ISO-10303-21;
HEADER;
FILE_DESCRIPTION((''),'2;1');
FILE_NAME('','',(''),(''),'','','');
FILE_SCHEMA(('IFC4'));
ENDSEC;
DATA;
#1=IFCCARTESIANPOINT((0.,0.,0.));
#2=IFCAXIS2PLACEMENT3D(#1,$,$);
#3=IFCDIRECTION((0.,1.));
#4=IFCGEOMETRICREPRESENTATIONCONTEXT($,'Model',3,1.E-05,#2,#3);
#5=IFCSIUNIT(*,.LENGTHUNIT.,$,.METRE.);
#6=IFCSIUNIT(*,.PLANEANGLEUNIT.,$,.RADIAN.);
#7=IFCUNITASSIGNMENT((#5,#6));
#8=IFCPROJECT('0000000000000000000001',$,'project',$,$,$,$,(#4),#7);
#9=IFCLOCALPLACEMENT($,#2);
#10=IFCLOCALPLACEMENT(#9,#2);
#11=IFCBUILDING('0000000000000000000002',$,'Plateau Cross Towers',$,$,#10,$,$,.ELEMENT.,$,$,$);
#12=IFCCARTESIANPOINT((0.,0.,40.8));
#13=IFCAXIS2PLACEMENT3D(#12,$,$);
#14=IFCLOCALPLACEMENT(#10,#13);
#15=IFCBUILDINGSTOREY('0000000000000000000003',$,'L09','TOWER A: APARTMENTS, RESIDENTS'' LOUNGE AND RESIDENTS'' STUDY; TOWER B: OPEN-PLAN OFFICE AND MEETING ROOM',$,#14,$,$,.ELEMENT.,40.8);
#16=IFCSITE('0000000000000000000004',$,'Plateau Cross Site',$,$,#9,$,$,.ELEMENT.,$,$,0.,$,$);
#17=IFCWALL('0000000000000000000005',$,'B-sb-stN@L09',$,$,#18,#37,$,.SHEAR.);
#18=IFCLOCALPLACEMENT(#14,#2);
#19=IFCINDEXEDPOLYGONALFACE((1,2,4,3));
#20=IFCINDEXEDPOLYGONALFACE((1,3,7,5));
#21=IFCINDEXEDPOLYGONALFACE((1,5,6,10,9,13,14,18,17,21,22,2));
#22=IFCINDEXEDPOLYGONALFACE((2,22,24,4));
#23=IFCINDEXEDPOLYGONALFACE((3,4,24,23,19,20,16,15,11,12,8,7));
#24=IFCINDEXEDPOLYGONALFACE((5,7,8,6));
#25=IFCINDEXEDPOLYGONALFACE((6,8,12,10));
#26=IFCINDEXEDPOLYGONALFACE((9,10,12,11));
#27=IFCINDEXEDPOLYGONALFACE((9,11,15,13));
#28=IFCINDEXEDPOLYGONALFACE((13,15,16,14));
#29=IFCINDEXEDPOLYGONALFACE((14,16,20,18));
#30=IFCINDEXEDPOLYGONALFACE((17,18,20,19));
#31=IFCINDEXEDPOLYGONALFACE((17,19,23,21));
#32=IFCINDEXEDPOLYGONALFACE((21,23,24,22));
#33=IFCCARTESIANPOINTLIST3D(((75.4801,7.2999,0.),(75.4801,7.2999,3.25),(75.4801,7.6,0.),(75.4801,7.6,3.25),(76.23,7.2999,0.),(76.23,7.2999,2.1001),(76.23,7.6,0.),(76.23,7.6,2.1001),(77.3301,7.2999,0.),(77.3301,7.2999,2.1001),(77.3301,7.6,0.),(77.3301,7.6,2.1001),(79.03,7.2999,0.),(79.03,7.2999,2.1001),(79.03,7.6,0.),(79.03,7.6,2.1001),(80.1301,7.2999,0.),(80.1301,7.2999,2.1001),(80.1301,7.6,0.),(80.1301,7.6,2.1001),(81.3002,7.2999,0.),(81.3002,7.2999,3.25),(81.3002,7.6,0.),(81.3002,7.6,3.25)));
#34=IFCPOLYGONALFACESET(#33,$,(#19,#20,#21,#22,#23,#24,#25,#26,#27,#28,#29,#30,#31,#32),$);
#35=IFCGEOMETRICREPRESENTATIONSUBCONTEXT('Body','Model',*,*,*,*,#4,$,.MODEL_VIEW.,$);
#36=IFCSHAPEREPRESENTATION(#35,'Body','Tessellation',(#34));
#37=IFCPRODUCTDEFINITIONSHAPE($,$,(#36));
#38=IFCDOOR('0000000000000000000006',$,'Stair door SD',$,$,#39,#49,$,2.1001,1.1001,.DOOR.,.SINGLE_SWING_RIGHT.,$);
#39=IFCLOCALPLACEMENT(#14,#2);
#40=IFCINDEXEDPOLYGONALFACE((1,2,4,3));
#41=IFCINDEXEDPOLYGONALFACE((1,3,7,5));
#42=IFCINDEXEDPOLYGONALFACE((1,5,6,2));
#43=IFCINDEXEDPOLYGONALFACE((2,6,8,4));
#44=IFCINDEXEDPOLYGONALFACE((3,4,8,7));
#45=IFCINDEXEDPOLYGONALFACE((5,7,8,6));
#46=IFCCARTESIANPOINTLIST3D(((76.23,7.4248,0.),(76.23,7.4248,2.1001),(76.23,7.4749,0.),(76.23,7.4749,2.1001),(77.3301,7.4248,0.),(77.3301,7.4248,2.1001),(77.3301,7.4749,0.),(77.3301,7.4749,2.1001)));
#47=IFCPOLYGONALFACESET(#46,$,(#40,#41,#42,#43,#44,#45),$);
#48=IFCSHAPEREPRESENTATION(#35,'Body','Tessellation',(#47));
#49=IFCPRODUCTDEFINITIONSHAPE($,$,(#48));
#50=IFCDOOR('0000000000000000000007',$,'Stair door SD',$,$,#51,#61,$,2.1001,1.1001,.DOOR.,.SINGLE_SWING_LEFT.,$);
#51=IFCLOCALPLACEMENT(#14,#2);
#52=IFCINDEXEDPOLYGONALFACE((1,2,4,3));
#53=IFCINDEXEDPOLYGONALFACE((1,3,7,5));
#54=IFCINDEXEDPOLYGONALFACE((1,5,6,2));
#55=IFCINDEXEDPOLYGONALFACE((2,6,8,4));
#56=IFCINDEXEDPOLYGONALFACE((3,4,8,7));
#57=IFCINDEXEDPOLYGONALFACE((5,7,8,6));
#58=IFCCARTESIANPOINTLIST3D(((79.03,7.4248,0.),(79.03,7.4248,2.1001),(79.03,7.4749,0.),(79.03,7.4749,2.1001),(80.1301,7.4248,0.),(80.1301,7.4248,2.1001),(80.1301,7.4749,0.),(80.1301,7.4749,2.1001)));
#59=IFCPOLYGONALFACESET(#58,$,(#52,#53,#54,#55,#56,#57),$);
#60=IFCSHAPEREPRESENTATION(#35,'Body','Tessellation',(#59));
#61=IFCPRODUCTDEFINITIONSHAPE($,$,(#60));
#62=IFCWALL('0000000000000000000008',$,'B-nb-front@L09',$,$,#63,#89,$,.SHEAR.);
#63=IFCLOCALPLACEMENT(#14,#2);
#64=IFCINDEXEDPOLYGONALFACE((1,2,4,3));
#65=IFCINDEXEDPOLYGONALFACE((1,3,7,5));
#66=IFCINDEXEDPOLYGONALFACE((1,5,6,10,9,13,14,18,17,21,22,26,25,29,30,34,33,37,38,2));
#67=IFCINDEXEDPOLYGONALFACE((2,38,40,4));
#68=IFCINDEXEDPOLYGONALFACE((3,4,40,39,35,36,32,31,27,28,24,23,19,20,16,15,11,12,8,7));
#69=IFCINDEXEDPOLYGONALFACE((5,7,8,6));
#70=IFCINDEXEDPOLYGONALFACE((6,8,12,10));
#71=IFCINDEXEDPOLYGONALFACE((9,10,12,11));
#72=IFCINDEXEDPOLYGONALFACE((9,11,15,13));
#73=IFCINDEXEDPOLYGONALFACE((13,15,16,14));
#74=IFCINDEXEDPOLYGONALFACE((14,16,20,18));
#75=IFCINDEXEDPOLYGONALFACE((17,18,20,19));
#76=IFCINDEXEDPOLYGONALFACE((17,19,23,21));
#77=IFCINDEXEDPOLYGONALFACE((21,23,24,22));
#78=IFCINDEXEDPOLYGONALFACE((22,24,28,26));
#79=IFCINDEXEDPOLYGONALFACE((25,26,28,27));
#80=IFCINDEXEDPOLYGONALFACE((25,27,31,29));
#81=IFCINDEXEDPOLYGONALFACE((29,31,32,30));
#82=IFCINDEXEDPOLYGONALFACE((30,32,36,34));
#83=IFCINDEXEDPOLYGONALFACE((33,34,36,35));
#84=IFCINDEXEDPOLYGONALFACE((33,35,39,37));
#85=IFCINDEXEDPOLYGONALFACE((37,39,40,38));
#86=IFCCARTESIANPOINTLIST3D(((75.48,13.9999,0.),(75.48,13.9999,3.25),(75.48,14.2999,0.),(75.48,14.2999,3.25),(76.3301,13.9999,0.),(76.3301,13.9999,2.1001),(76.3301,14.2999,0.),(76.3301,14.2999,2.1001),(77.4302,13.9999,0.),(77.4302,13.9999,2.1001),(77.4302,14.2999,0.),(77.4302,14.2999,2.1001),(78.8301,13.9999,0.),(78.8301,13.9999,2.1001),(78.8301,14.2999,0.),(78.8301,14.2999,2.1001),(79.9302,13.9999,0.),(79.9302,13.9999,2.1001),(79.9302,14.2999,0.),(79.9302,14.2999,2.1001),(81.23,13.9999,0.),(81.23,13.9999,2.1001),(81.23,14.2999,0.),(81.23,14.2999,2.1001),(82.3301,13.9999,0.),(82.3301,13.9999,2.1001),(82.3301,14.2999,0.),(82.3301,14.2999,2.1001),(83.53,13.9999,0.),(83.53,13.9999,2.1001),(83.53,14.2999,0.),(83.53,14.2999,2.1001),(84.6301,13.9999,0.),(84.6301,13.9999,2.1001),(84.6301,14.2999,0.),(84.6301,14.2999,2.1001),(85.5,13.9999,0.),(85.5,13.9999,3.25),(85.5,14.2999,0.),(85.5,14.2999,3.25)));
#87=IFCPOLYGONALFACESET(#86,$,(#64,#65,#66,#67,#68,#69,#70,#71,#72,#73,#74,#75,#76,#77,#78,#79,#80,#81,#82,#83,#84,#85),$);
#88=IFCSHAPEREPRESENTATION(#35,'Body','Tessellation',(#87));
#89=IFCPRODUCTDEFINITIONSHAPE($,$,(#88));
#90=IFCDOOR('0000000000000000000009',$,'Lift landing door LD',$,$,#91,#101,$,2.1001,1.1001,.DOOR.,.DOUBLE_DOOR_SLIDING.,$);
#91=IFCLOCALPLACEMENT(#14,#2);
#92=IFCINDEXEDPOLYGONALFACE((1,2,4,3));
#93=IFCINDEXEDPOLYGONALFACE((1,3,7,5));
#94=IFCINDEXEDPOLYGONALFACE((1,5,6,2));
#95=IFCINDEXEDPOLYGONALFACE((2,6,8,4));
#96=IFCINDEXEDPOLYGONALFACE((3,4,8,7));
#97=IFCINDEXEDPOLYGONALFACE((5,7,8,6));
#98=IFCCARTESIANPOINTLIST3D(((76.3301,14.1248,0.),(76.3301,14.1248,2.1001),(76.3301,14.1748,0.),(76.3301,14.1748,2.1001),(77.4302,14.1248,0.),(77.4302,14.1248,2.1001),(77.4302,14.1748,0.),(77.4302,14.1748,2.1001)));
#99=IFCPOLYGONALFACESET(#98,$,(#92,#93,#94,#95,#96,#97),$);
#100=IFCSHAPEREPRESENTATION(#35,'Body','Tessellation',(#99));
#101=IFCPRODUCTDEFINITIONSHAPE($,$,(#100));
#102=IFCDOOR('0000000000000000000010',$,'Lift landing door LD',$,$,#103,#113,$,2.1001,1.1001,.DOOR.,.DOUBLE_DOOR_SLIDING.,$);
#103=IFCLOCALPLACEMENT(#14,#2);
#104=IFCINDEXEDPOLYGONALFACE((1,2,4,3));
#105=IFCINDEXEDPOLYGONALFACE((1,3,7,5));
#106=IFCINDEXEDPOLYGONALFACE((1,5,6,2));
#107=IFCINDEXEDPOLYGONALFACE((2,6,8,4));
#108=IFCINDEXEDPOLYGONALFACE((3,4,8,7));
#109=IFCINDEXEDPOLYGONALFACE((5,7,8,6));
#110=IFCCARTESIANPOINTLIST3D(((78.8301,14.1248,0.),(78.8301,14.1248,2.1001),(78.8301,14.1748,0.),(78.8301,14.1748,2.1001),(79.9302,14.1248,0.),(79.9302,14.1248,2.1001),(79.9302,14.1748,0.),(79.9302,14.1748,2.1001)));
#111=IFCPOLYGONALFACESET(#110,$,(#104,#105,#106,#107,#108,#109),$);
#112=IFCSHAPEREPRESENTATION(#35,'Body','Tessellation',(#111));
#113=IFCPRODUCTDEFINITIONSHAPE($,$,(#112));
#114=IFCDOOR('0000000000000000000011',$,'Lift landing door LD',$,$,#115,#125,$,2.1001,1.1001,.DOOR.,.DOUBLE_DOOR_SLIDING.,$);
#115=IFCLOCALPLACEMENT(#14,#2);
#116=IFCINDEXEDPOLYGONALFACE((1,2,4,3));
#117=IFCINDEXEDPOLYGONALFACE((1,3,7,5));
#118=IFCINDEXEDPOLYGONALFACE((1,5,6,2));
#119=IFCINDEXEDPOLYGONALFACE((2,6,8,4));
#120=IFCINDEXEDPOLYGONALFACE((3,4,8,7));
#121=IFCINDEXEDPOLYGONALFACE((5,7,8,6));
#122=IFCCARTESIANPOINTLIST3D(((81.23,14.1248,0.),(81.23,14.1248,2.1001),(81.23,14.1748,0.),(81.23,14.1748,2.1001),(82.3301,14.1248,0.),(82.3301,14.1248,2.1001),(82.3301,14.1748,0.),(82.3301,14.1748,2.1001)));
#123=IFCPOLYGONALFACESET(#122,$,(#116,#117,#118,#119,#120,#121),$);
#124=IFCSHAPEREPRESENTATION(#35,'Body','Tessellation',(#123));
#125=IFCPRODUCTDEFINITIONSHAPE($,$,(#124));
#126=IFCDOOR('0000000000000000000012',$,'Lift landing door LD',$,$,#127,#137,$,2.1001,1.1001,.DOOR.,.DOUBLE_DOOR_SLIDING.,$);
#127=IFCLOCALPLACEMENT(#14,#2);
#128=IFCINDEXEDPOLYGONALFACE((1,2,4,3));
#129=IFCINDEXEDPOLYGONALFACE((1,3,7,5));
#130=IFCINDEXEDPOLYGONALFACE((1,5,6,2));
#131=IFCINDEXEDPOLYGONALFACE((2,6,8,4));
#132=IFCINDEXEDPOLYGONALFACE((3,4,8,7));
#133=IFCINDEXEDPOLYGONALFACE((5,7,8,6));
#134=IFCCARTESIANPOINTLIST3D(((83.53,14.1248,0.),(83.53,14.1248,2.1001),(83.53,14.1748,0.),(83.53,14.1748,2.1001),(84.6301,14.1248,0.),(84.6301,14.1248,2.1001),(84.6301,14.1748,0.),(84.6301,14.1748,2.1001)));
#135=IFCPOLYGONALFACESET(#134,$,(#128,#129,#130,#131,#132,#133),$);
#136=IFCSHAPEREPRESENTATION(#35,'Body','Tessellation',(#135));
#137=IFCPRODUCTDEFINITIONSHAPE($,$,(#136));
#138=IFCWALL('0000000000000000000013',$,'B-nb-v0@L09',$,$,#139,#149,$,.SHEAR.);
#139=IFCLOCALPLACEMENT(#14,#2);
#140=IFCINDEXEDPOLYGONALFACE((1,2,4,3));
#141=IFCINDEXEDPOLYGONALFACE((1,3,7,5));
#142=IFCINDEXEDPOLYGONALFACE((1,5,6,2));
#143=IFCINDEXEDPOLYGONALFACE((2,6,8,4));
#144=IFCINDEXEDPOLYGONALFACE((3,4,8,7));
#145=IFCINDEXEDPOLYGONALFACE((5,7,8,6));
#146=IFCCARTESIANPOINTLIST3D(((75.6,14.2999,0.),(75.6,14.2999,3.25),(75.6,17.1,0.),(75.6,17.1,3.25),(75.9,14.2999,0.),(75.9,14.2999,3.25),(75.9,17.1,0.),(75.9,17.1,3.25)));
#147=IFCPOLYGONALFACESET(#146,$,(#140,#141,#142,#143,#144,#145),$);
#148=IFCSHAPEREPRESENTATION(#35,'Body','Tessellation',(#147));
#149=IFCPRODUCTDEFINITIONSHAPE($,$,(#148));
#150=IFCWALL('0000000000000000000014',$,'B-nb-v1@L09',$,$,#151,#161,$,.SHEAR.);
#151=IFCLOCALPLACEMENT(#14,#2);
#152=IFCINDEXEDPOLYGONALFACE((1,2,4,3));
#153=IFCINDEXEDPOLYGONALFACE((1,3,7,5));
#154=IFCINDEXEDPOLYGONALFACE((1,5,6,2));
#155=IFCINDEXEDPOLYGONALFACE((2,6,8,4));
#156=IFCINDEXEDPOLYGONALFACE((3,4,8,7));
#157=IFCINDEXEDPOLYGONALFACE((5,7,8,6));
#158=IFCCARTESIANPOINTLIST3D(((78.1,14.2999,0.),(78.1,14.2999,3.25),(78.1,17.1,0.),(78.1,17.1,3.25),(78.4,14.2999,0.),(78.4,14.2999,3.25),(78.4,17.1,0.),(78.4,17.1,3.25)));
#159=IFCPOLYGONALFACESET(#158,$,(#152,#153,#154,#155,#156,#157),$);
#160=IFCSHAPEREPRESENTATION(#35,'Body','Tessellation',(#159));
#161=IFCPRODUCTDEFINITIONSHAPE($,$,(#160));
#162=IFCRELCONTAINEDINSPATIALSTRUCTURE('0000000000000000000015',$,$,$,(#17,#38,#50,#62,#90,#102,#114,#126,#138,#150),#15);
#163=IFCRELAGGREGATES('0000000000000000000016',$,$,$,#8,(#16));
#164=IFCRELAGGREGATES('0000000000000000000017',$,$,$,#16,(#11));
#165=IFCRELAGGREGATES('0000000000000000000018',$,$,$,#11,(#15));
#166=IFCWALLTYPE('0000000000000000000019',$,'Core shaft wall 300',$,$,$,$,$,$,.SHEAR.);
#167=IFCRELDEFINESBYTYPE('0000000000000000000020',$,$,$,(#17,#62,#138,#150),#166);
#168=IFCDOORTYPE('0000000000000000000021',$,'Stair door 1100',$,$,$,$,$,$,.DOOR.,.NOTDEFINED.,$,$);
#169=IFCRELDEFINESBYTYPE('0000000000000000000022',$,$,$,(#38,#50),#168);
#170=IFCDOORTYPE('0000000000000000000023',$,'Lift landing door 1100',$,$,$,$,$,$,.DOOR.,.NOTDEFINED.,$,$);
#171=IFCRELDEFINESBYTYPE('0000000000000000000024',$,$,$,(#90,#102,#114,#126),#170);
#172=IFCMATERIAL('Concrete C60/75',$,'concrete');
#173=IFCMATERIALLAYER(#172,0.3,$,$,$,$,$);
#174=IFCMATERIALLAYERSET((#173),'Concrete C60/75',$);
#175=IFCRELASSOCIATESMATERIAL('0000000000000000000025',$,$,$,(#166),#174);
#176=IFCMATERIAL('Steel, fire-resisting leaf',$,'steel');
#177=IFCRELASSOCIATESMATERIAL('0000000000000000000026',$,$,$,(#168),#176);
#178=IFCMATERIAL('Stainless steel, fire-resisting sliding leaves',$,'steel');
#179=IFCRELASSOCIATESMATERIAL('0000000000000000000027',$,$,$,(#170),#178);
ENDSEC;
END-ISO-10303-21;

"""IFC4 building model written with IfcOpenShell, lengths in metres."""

from ifc_helpers import new_model, si_unit, direction, frame, frame_2d, origin, place, context, subcontext, project, spatial, rectangle, extrude, material, layer, layer_set, type_object, element, fill, save


model = new_model("IFC4")

# Units and contexts
model_context = context("Model", 3, precision=1e-05, world=origin(), true_north=direction((0.0, 1.0)))
body_context = subcontext(model_context, "Body", "Model", "MODEL_VIEW")
ifc_project = project(units=[si_unit("LENGTHUNIT", "METRE"), si_unit("PLANEANGLEUNIT", "RADIAN")], contexts=[model_context])

# Site, building, storey
site_placement = place(None, origin())
site = spatial("IfcSite", under=ifc_project, at=site_placement, Name="Plateau Cross Site", CompositionType="ELEMENT", RefElevation=0.0)
building_placement = place(site_placement, origin())
building = spatial("IfcBuilding", under=site, at=building_placement, Name="Plateau Cross Towers", CompositionType="ELEMENT")
storey_placement = place(building_placement, frame((0.0, 0.0, 40.8)))
storey = spatial("IfcBuildingStorey", under=building, at=storey_placement, Name="L09", Description="TOWER A: APARTMENTS, RESIDENTS' LOUNGE AND RESIDENTS' STUDY; TOWER B: OPEN-PLAN OFFICE AND MEETING ROOM", CompositionType="ELEMENT", Elevation=40.8)

# Shared definitions
ifc_material_1 = material(Name="Concrete C60/75", Category="concrete")

# Shared definitions
ifc_material_2 = material(Name="Steel, fire-resisting leaf", Category="steel")

# Walls, openings, doors
ifc_layer_1 = layer(ifc_material_1, 0.3)
ifc_layer_set_1 = layer_set([ifc_layer_1], Name="Concrete C60/75")
wall_type_1 = type_object("IfcWallType", Name="Core shaft wall 300", PredefinedType="SHEAR", material=ifc_layer_set_1)
wall_1_placement = place(storey_placement, frame((75.48, 7.45, 0.0), z_axis=(0.0, 0.0, 1.0), x_axis=(1.0, 0.0, 0.0)))
wall_1 = element("IfcWall", 1, at=wall_1_placement, inside=storey, type_object=wall_type_1, Name="B-sb-stN@L09", PredefinedType="SHEAR", context=body_context, shape_type="SweptSolid", body=[
    extrude(rectangle(XDim=5.8201, YDim=0.3, at=frame_2d((2.9102, 0.0))), origin(), (0.0, 0.0, 1.0), 3.25),
])
opening_1_placement = place(wall_1_placement, frame((0.75, 0.0, 0.0)))
opening_1 = element("IfcOpeningElement", 2, at=opening_1_placement, cuts=wall_1, PredefinedType="OPENING", context=body_context, shape_type="SweptSolid", body=[
    extrude(rectangle(XDim=1.1001, YDim=2.1001, at=frame_2d((0.55, 1.05))), frame((0.0, 0.1599, 0.0), z_axis=(0.0, -1.0, 0.0), x_axis=(1.0, 0.0, 0.0)), (0.0, 0.0, 1.0), 0.3201),
])
opening_2_placement = place(wall_1_placement, frame((3.55, 0.0, 0.0)))
opening_2 = element("IfcOpeningElement", 3, at=opening_2_placement, cuts=wall_1, PredefinedType="OPENING", context=body_context, shape_type="SweptSolid", body=[
    extrude(rectangle(XDim=1.1001, YDim=2.1001, at=frame_2d((0.55, 1.05))), frame((0.0, 0.1599, 0.0), z_axis=(0.0, -1.0, 0.0), x_axis=(1.0, 0.0, 0.0)), (0.0, 0.0, 1.0), 0.3201),
])
door_type_1 = type_object("IfcDoorType", Name="Stair door 1100", OperationType="NOTDEFINED", PredefinedType="DOOR", material=ifc_material_2)
door_1_placement = place(opening_1_placement, origin())
door_1 = element("IfcDoor", 4, at=door_1_placement, inside=storey, type_object=door_type_1, Name="Stair door SD", OperationType="SINGLE_SWING_RIGHT", OverallHeight=2.1001, OverallWidth=1.1001, PredefinedType="DOOR", context=body_context, shape_type="SweptSolid", body=[
    extrude(rectangle(XDim=1.1001, YDim=2.1001, at=frame_2d((0.55, 1.05))), frame((0.0, 0.0249, 0.0), z_axis=(0.0, -1.0, 0.0), x_axis=(1.0, 0.0, 0.0)), (0.0, 0.0, 1.0), 0.05),
])
fill(opening_1, door_1)
door_2_placement = place(opening_2_placement, origin())
door_2 = element("IfcDoor", 5, at=door_2_placement, inside=storey, type_object=door_type_1, Name="Stair door SD", OperationType="SINGLE_SWING_LEFT", OverallHeight=2.1001, OverallWidth=1.1001, PredefinedType="DOOR", context=body_context, shape_type="SweptSolid", body=[
    extrude(rectangle(XDim=1.1001, YDim=2.1001, at=frame_2d((0.55, 1.05))), frame((0.0, 0.0249, 0.0), z_axis=(0.0, -1.0, 0.0), x_axis=(1.0, 0.0, 0.0)), (0.0, 0.0, 1.0), 0.05),
])
fill(opening_2, door_2)
wall_2_placement = place(storey_placement, frame((75.48, 14.1499, 0.0), z_axis=(0.0, 0.0, 1.0), x_axis=(1.0, 0.0, 0.0)))
wall_2 = element("IfcWall", 6, at=wall_2_placement, inside=storey, type_object=wall_type_1, Name="B-nb-front@L09", PredefinedType="SHEAR", context=body_context, shape_type="SweptSolid", body=[
    extrude(rectangle(XDim=10.02, YDim=0.3, at=frame_2d((5.01, 0.0))), origin(), (0.0, 0.0, 1.0), 3.25),
])
opening_3_placement = place(wall_2_placement, frame((0.8501, 0.0, 0.0)))
opening_3 = element("IfcOpeningElement", 7, at=opening_3_placement, cuts=wall_2, PredefinedType="OPENING", context=body_context, shape_type="SweptSolid", body=[
    extrude(rectangle(XDim=1.1001, YDim=2.1001, at=frame_2d((0.55, 1.05))), frame((0.0, 0.1599, 0.0), z_axis=(0.0, -1.0, 0.0), x_axis=(1.0, 0.0, 0.0)), (0.0, 0.0, 1.0), 0.3201),
])
opening_4_placement = place(wall_2_placement, frame((3.3501, 0.0, 0.0)))
opening_4 = element("IfcOpeningElement", 8, at=opening_4_placement, cuts=wall_2, PredefinedType="OPENING", context=body_context, shape_type="SweptSolid", body=[
    extrude(rectangle(XDim=1.1001, YDim=2.1001, at=frame_2d((0.55, 1.05))), frame((0.0, 0.1599, 0.0), z_axis=(0.0, -1.0, 0.0), x_axis=(1.0, 0.0, 0.0)), (0.0, 0.0, 1.0), 0.3201),
])
opening_5_placement = place(wall_2_placement, frame((5.75, 0.0, 0.0)))
opening_5 = element("IfcOpeningElement", 9, at=opening_5_placement, cuts=wall_2, PredefinedType="OPENING", context=body_context, shape_type="SweptSolid", body=[
    extrude(rectangle(XDim=1.1001, YDim=2.1001, at=frame_2d((0.55, 1.05))), frame((0.0, 0.1599, 0.0), z_axis=(0.0, -1.0, 0.0), x_axis=(1.0, 0.0, 0.0)), (0.0, 0.0, 1.0), 0.3201),
])
opening_6_placement = place(wall_2_placement, frame((8.05, 0.0, 0.0)))
opening_6 = element("IfcOpeningElement", 10, at=opening_6_placement, cuts=wall_2, PredefinedType="OPENING", context=body_context, shape_type="SweptSolid", body=[
    extrude(rectangle(XDim=1.1001, YDim=2.1001, at=frame_2d((0.55, 1.05))), frame((0.0, 0.1599, 0.0), z_axis=(0.0, -1.0, 0.0), x_axis=(1.0, 0.0, 0.0)), (0.0, 0.0, 1.0), 0.3201),
])
ifc_material_3 = material(Name="Stainless steel, fire-resisting sliding leaves", Category="steel")
door_type_2 = type_object("IfcDoorType", Name="Lift landing door 1100", OperationType="NOTDEFINED", PredefinedType="DOOR", material=ifc_material_3)
door_3_placement = place(opening_3_placement, origin())
door_3 = element("IfcDoor", 11, at=door_3_placement, inside=storey, type_object=door_type_2, Name="Lift landing door LD", OperationType="DOUBLE_DOOR_SLIDING", OverallHeight=2.1001, OverallWidth=1.1001, PredefinedType="DOOR", context=body_context, shape_type="SweptSolid", body=[
    extrude(rectangle(XDim=1.1001, YDim=2.1001, at=frame_2d((0.55, 1.05))), frame((0.0, 0.0249, 0.0), z_axis=(0.0, -1.0, 0.0), x_axis=(1.0, 0.0, 0.0)), (0.0, 0.0, 1.0), 0.05),
])
fill(opening_3, door_3)
door_4_placement = place(opening_4_placement, origin())
door_4 = element("IfcDoor", 12, at=door_4_placement, inside=storey, type_object=door_type_2, Name="Lift landing door LD", OperationType="DOUBLE_DOOR_SLIDING", OverallHeight=2.1001, OverallWidth=1.1001, PredefinedType="DOOR", context=body_context, shape_type="SweptSolid", body=[
    extrude(rectangle(XDim=1.1001, YDim=2.1001, at=frame_2d((0.55, 1.05))), frame((0.0, 0.0249, 0.0), z_axis=(0.0, -1.0, 0.0), x_axis=(1.0, 0.0, 0.0)), (0.0, 0.0, 1.0), 0.05),
])
fill(opening_4, door_4)
door_5_placement = place(opening_5_placement, origin())
door_5 = element("IfcDoor", 13, at=door_5_placement, inside=storey, type_object=door_type_2, Name="Lift landing door LD", OperationType="DOUBLE_DOOR_SLIDING", OverallHeight=2.1001, OverallWidth=1.1001, PredefinedType="DOOR", context=body_context, shape_type="SweptSolid", body=[
    extrude(rectangle(XDim=1.1001, YDim=2.1001, at=frame_2d((0.55, 1.05))), frame((0.0, 0.0249, 0.0), z_axis=(0.0, -1.0, 0.0), x_axis=(1.0, 0.0, 0.0)), (0.0, 0.0, 1.0), 0.05),
])
fill(opening_5, door_5)
door_6_placement = place(opening_6_placement, origin())
door_6 = element("IfcDoor", 14, at=door_6_placement, inside=storey, type_object=door_type_2, Name="Lift landing door LD", OperationType="DOUBLE_DOOR_SLIDING", OverallHeight=2.1001, OverallWidth=1.1001, PredefinedType="DOOR", context=body_context, shape_type="SweptSolid", body=[
    extrude(rectangle(XDim=1.1001, YDim=2.1001, at=frame_2d((0.55, 1.05))), frame((0.0, 0.0249, 0.0), z_axis=(0.0, -1.0, 0.0), x_axis=(1.0, 0.0, 0.0)), (0.0, 0.0, 1.0), 0.05),
])
fill(opening_6, door_6)

# Walls
for number, where, z_axis, x_axis, name in (
    (15, (75.75, 14.3, 0.0), (0.0, 0.0, 1.0), (0.0, 1.0, 0.0), "B-nb-v0@L09"),
    (16, (78.25, 14.3, 0.0), (0.0, 0.0, 1.0), (0.0, 1.0, 0.0), "B-nb-v1@L09"),
):
    element("IfcWall", number, at=place(storey_placement, frame(where, z_axis=z_axis, x_axis=x_axis)), inside=storey, type_object=wall_type_1, Name=name, PredefinedType="SHEAR", context=body_context, shape_type="SweptSolid", body=[
        extrude(rectangle(XDim=2.8, YDim=0.3, at=frame_2d((1.3999, 0.0))), origin(), (0.0, 0.0, 1.0), 3.25),
    ])

save(model, "model.ifc")
